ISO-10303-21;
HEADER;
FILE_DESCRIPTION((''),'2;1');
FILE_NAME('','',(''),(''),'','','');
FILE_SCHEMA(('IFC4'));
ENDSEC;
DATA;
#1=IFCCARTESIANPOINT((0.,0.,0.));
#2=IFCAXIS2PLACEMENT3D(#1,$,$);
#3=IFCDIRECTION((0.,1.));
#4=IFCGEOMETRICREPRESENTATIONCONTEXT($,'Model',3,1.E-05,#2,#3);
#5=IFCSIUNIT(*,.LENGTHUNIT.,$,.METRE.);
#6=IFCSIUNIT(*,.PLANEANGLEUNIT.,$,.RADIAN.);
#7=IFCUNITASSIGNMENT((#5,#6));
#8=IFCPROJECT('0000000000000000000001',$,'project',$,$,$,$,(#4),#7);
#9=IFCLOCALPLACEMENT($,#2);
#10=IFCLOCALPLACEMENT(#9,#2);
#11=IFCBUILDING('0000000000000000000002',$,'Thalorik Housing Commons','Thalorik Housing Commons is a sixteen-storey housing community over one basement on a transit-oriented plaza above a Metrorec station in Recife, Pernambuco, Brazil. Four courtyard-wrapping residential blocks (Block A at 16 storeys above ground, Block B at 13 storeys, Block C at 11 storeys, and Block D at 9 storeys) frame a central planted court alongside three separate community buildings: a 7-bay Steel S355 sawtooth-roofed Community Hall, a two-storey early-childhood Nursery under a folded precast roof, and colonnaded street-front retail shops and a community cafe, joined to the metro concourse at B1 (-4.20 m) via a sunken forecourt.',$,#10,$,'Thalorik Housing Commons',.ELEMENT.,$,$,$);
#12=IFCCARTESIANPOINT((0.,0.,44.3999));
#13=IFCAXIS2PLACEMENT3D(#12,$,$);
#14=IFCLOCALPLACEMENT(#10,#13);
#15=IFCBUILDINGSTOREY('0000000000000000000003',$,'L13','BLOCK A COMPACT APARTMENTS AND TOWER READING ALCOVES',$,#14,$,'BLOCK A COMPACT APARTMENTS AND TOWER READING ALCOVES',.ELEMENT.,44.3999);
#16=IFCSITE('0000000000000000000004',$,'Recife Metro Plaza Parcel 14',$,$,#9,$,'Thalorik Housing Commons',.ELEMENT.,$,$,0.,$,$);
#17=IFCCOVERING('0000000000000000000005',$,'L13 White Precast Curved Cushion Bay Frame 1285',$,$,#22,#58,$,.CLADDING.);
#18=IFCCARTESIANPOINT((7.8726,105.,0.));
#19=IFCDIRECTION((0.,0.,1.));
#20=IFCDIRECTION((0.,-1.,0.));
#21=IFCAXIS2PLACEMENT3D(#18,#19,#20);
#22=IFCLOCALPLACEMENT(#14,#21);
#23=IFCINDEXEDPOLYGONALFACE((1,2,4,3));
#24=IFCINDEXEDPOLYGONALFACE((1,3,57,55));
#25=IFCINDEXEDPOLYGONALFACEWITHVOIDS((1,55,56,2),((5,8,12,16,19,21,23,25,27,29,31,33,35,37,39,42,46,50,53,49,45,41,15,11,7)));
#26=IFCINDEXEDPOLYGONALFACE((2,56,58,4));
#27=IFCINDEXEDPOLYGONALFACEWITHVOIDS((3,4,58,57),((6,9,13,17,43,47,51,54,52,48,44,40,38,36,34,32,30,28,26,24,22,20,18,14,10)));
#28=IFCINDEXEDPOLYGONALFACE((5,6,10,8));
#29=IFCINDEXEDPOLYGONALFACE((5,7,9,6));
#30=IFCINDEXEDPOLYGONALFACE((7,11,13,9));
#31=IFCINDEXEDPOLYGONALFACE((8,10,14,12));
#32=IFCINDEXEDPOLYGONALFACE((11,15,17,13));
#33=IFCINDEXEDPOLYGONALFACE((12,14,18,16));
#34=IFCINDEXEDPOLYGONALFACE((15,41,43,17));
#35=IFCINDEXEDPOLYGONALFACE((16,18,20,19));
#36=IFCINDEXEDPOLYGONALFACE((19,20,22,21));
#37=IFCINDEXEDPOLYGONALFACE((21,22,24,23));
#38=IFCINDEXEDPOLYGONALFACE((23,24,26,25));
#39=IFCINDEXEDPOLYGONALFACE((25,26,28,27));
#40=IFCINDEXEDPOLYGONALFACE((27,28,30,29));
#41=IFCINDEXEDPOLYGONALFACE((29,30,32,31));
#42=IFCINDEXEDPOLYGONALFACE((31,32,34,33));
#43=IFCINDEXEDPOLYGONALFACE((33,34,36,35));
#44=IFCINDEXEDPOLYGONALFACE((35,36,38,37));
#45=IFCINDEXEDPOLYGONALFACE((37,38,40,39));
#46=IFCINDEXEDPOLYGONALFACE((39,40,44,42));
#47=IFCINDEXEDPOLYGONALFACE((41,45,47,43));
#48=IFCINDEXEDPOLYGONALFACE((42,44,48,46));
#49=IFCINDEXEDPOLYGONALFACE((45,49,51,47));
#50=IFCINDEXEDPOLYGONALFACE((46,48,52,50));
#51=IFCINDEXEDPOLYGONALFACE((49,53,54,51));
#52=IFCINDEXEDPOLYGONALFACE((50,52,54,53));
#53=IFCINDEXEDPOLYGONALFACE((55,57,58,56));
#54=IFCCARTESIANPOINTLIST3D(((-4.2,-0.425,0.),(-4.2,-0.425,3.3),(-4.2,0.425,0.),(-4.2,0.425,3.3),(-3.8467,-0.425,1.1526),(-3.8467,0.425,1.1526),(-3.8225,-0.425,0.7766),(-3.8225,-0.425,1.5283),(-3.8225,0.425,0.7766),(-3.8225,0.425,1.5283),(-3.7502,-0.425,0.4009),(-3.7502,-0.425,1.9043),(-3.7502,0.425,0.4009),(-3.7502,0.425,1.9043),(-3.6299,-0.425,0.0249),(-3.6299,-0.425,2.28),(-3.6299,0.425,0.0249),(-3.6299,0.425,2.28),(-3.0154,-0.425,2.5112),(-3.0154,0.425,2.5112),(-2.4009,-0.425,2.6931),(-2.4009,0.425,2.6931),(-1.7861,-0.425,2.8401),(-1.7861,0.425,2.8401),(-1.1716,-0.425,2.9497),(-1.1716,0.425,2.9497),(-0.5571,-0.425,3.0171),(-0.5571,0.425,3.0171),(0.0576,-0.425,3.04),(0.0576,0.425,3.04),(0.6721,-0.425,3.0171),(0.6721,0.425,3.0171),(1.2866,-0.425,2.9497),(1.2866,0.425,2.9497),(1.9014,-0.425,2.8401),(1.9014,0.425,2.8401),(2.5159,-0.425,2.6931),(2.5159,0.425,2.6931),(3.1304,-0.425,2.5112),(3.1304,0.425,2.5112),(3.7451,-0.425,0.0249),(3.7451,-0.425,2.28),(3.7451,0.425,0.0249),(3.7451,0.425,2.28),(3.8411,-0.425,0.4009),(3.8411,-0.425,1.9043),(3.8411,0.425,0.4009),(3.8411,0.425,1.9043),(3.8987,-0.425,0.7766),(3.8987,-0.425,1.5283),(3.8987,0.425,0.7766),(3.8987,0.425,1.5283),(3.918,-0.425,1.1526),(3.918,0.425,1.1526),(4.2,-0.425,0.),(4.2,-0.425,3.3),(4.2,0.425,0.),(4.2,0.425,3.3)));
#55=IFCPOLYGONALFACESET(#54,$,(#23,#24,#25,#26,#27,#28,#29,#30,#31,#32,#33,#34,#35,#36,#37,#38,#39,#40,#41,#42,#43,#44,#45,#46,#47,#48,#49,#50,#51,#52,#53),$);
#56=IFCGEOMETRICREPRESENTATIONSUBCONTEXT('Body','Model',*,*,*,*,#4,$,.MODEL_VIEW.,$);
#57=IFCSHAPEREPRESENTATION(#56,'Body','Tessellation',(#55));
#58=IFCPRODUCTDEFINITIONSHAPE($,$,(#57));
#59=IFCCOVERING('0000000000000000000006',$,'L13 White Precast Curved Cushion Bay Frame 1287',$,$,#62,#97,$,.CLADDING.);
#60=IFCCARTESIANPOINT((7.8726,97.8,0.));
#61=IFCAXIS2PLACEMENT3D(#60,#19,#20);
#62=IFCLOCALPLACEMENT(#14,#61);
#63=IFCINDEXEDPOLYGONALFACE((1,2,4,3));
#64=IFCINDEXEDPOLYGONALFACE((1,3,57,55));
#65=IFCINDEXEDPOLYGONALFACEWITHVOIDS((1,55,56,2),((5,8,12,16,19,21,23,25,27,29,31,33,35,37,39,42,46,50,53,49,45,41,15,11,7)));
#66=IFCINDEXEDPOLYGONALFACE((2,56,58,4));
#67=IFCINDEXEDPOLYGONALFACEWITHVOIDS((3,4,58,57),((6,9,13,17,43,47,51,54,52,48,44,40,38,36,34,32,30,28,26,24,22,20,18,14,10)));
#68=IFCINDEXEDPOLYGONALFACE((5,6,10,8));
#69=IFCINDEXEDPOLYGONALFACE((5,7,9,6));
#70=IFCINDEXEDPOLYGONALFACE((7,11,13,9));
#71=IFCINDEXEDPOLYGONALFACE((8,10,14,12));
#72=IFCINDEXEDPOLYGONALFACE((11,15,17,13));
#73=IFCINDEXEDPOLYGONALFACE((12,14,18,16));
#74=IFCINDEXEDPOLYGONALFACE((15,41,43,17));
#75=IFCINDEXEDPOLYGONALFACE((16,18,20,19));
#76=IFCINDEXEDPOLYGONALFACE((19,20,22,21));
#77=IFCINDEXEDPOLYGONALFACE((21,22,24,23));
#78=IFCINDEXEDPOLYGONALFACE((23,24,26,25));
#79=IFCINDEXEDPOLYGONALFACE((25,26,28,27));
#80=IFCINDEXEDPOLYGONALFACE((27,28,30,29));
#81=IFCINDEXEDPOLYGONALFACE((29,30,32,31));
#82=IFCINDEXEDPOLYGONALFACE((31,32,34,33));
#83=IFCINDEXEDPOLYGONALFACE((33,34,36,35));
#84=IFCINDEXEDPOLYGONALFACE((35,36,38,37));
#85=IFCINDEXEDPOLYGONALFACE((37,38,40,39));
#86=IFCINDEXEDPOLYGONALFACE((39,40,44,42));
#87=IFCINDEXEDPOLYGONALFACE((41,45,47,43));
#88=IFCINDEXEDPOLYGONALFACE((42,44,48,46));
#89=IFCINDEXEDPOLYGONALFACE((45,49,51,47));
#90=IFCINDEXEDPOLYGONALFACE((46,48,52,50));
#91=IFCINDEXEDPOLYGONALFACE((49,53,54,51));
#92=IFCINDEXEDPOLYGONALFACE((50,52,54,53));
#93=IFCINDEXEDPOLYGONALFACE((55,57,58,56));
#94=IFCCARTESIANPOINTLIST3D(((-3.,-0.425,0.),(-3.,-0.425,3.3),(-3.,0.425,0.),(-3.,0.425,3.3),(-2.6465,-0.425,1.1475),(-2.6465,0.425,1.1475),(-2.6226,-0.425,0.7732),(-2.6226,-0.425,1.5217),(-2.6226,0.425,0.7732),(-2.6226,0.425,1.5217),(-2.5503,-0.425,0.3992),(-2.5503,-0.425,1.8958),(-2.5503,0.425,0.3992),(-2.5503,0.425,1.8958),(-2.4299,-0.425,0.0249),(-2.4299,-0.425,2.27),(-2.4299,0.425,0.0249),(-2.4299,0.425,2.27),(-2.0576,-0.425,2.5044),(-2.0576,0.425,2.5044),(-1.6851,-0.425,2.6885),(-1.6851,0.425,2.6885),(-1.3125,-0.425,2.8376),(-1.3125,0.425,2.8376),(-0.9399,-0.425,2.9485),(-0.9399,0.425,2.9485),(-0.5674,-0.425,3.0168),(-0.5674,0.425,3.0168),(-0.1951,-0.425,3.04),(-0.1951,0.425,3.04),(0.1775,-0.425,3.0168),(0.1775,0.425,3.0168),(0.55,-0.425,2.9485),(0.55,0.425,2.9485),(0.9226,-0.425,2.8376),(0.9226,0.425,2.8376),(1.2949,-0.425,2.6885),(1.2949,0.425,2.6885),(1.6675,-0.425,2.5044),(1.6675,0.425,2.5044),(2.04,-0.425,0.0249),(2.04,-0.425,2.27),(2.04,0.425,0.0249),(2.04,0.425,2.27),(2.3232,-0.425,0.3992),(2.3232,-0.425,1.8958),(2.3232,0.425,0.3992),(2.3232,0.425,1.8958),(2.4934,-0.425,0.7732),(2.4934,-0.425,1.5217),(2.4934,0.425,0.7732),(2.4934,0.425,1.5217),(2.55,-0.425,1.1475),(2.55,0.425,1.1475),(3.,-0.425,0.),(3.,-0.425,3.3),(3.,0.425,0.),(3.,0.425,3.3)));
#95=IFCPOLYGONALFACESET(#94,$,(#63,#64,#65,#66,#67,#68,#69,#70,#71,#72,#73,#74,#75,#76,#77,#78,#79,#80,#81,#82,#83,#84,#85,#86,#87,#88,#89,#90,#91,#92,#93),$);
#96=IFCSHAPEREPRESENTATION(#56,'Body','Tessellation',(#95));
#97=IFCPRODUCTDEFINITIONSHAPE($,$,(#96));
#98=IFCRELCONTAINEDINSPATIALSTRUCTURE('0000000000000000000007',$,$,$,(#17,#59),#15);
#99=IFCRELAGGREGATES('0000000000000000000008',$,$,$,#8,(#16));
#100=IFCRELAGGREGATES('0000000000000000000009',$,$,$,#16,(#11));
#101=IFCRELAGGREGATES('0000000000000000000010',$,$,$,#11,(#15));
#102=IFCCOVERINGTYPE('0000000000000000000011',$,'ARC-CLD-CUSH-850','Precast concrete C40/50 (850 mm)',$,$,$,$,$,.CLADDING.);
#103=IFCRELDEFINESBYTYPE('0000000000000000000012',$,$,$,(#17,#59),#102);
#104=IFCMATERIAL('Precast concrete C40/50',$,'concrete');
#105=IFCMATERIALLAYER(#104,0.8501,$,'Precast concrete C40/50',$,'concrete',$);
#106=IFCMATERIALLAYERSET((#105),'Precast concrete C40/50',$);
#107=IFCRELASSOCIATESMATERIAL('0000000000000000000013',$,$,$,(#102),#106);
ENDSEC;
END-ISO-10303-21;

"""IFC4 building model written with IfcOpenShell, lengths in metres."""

from ifc_helpers import new_model, si_unit, direction, frame, origin, place, context, subcontext, project, spatial, polyline, outline, extrude, material, layer, layer_set, type_object, element, save


model = new_model("IFC4")

# Units and contexts
model_context = context("Model", 3, precision=1e-05, world=origin(), true_north=direction((0.0, 1.0)))
body_context = subcontext(model_context, "Body", "Model", "MODEL_VIEW")
ifc_project = project(units=[si_unit("LENGTHUNIT", "METRE"), si_unit("PLANEANGLEUNIT", "RADIAN")], contexts=[model_context])

# Site, building, storey
site_placement = place(None, origin())
site = spatial("IfcSite", under=ifc_project, at=site_placement, Name="Recife Metro Plaza Parcel 14", LongName="Thalorik Housing Commons", CompositionType="ELEMENT", RefElevation=0.0)
building_placement = place(site_placement, origin())
building = spatial("IfcBuilding", under=site, at=building_placement, Name="Thalorik Housing Commons", Description="Thalorik Housing Commons is a sixteen-storey housing community over one basement on a transit-oriented plaza above a Metrorec station in Recife, Pernambuco, Brazil. Four courtyard-wrapping residential blocks (Block A at 16 storeys above ground, Block B at 13 storeys, Block C at 11 storeys, and Block D at 9 storeys) frame a central planted court alongside three separate community buildings: a 7-bay Steel S355 sawtooth-roofed Community Hall, a two-storey early-childhood Nursery under a folded precast roof, and colonnaded street-front retail shops and a community cafe, joined to the metro concourse at B1 (-4.20 m) via a sunken forecourt.", LongName="Thalorik Housing Commons", CompositionType="ELEMENT")
storey_placement = place(building_placement, frame((0.0, 0.0, 44.3999)))
storey = spatial("IfcBuildingStorey", under=building, at=storey_placement, Name="L13", Description="BLOCK A COMPACT APARTMENTS AND TOWER READING ALCOVES", LongName="BLOCK A COMPACT APARTMENTS AND TOWER READING ALCOVES", CompositionType="ELEMENT", Elevation=44.3999)

# Shared definitions
ifc_material_1 = material(Name="Precast concrete C40/50", Category="concrete")

# Coverings
ifc_layer_1 = layer(ifc_material_1, 0.8501, Name="Precast concrete C40/50", Category="concrete")
ifc_layer_set_1 = layer_set([ifc_layer_1], Name="Precast concrete C40/50")
covering_type_1 = type_object("IfcCoveringType", Name="ARC-CLD-CUSH-850", Description="Precast concrete C40/50 (850 mm)", PredefinedType="CLADDING", material=ifc_layer_set_1)
covering_1_placement = place(storey_placement, frame((7.8726, 105.0, 0.0), z_axis=(0.0, 0.0, 1.0), x_axis=(0.0, -1.0, 0.0)))
element("IfcCovering", 1, at=covering_1_placement, inside=storey, type_object=covering_type_1, Name="L13 White Precast Curved Cushion Bay Frame 1285", PredefinedType="CLADDING", context=body_context, shape_type="SweptSolid", body=[
    extrude(outline(polyline([(-4.2, 0.0), (4.2, 0.0), (4.2, 3.3), (-4.2, 3.3), (-4.2, 0.0)]), holes=[polyline([(3.7451, 0.0249), (3.8411, 0.4009), (3.8987, 0.7766), (3.918, 1.1526), (3.8987, 1.5283), (3.8411, 1.9043), (3.7451, 2.28), (3.1304, 2.5112), (2.5159, 2.6931), (1.9014, 2.8401), (1.2866, 2.9497), (0.6721, 3.0171), (0.0576, 3.04), (-0.5571, 3.0171), (-1.1716, 2.9497), (-1.7861, 2.8401), (-2.4009, 2.6931), (-3.0154, 2.5112), (-3.6299, 2.28), (-3.7502, 1.9043), (-3.8225, 1.5283), (-3.8467, 1.1526), (-3.8225, 0.7766), (-3.7502, 0.4009), (-3.6299, 0.0249), (3.7451, 0.0249)])]), frame((0.0, 0.425, 0.0), z_axis=(0.0, -1.0, 0.0), x_axis=(1.0, 0.0, 0.0)), (0.0, 0.0, 1.0), 0.8501),
])
covering_2_placement = place(storey_placement, frame((7.8726, 97.8, 0.0), z_axis=(0.0, 0.0, 1.0), x_axis=(0.0, -1.0, 0.0)))
element("IfcCovering", 2, at=covering_2_placement, inside=storey, type_object=covering_type_1, Name="L13 White Precast Curved Cushion Bay Frame 1287", PredefinedType="CLADDING", context=body_context, shape_type="SweptSolid", body=[
    extrude(outline(polyline([(-3.0, 0.0), (3.0, 0.0), (3.0, 3.3), (-3.0, 3.3), (-3.0, 0.0)]), holes=[polyline([(2.04, 0.0249), (2.3232, 0.3992), (2.4934, 0.7732), (2.55, 1.1475), (2.4934, 1.5217), (2.3232, 1.8958), (2.04, 2.27), (1.6675, 2.5044), (1.2949, 2.6885), (0.9226, 2.8376), (0.55, 2.9485), (0.1775, 3.0168), (-0.1951, 3.04), (-0.5674, 3.0168), (-0.9399, 2.9485), (-1.3125, 2.8376), (-1.6851, 2.6885), (-2.0576, 2.5044), (-2.4299, 2.27), (-2.5503, 1.8958), (-2.6226, 1.5217), (-2.6465, 1.1475), (-2.6226, 0.7732), (-2.5503, 0.3992), (-2.4299, 0.0249), (2.04, 0.0249)])]), frame((0.0, 0.425, 0.0), z_axis=(0.0, -1.0, 0.0), x_axis=(1.0, 0.0, 0.0)), (0.0, 0.0, 1.0), 0.8501),
])

save(model, "model.ifc")
